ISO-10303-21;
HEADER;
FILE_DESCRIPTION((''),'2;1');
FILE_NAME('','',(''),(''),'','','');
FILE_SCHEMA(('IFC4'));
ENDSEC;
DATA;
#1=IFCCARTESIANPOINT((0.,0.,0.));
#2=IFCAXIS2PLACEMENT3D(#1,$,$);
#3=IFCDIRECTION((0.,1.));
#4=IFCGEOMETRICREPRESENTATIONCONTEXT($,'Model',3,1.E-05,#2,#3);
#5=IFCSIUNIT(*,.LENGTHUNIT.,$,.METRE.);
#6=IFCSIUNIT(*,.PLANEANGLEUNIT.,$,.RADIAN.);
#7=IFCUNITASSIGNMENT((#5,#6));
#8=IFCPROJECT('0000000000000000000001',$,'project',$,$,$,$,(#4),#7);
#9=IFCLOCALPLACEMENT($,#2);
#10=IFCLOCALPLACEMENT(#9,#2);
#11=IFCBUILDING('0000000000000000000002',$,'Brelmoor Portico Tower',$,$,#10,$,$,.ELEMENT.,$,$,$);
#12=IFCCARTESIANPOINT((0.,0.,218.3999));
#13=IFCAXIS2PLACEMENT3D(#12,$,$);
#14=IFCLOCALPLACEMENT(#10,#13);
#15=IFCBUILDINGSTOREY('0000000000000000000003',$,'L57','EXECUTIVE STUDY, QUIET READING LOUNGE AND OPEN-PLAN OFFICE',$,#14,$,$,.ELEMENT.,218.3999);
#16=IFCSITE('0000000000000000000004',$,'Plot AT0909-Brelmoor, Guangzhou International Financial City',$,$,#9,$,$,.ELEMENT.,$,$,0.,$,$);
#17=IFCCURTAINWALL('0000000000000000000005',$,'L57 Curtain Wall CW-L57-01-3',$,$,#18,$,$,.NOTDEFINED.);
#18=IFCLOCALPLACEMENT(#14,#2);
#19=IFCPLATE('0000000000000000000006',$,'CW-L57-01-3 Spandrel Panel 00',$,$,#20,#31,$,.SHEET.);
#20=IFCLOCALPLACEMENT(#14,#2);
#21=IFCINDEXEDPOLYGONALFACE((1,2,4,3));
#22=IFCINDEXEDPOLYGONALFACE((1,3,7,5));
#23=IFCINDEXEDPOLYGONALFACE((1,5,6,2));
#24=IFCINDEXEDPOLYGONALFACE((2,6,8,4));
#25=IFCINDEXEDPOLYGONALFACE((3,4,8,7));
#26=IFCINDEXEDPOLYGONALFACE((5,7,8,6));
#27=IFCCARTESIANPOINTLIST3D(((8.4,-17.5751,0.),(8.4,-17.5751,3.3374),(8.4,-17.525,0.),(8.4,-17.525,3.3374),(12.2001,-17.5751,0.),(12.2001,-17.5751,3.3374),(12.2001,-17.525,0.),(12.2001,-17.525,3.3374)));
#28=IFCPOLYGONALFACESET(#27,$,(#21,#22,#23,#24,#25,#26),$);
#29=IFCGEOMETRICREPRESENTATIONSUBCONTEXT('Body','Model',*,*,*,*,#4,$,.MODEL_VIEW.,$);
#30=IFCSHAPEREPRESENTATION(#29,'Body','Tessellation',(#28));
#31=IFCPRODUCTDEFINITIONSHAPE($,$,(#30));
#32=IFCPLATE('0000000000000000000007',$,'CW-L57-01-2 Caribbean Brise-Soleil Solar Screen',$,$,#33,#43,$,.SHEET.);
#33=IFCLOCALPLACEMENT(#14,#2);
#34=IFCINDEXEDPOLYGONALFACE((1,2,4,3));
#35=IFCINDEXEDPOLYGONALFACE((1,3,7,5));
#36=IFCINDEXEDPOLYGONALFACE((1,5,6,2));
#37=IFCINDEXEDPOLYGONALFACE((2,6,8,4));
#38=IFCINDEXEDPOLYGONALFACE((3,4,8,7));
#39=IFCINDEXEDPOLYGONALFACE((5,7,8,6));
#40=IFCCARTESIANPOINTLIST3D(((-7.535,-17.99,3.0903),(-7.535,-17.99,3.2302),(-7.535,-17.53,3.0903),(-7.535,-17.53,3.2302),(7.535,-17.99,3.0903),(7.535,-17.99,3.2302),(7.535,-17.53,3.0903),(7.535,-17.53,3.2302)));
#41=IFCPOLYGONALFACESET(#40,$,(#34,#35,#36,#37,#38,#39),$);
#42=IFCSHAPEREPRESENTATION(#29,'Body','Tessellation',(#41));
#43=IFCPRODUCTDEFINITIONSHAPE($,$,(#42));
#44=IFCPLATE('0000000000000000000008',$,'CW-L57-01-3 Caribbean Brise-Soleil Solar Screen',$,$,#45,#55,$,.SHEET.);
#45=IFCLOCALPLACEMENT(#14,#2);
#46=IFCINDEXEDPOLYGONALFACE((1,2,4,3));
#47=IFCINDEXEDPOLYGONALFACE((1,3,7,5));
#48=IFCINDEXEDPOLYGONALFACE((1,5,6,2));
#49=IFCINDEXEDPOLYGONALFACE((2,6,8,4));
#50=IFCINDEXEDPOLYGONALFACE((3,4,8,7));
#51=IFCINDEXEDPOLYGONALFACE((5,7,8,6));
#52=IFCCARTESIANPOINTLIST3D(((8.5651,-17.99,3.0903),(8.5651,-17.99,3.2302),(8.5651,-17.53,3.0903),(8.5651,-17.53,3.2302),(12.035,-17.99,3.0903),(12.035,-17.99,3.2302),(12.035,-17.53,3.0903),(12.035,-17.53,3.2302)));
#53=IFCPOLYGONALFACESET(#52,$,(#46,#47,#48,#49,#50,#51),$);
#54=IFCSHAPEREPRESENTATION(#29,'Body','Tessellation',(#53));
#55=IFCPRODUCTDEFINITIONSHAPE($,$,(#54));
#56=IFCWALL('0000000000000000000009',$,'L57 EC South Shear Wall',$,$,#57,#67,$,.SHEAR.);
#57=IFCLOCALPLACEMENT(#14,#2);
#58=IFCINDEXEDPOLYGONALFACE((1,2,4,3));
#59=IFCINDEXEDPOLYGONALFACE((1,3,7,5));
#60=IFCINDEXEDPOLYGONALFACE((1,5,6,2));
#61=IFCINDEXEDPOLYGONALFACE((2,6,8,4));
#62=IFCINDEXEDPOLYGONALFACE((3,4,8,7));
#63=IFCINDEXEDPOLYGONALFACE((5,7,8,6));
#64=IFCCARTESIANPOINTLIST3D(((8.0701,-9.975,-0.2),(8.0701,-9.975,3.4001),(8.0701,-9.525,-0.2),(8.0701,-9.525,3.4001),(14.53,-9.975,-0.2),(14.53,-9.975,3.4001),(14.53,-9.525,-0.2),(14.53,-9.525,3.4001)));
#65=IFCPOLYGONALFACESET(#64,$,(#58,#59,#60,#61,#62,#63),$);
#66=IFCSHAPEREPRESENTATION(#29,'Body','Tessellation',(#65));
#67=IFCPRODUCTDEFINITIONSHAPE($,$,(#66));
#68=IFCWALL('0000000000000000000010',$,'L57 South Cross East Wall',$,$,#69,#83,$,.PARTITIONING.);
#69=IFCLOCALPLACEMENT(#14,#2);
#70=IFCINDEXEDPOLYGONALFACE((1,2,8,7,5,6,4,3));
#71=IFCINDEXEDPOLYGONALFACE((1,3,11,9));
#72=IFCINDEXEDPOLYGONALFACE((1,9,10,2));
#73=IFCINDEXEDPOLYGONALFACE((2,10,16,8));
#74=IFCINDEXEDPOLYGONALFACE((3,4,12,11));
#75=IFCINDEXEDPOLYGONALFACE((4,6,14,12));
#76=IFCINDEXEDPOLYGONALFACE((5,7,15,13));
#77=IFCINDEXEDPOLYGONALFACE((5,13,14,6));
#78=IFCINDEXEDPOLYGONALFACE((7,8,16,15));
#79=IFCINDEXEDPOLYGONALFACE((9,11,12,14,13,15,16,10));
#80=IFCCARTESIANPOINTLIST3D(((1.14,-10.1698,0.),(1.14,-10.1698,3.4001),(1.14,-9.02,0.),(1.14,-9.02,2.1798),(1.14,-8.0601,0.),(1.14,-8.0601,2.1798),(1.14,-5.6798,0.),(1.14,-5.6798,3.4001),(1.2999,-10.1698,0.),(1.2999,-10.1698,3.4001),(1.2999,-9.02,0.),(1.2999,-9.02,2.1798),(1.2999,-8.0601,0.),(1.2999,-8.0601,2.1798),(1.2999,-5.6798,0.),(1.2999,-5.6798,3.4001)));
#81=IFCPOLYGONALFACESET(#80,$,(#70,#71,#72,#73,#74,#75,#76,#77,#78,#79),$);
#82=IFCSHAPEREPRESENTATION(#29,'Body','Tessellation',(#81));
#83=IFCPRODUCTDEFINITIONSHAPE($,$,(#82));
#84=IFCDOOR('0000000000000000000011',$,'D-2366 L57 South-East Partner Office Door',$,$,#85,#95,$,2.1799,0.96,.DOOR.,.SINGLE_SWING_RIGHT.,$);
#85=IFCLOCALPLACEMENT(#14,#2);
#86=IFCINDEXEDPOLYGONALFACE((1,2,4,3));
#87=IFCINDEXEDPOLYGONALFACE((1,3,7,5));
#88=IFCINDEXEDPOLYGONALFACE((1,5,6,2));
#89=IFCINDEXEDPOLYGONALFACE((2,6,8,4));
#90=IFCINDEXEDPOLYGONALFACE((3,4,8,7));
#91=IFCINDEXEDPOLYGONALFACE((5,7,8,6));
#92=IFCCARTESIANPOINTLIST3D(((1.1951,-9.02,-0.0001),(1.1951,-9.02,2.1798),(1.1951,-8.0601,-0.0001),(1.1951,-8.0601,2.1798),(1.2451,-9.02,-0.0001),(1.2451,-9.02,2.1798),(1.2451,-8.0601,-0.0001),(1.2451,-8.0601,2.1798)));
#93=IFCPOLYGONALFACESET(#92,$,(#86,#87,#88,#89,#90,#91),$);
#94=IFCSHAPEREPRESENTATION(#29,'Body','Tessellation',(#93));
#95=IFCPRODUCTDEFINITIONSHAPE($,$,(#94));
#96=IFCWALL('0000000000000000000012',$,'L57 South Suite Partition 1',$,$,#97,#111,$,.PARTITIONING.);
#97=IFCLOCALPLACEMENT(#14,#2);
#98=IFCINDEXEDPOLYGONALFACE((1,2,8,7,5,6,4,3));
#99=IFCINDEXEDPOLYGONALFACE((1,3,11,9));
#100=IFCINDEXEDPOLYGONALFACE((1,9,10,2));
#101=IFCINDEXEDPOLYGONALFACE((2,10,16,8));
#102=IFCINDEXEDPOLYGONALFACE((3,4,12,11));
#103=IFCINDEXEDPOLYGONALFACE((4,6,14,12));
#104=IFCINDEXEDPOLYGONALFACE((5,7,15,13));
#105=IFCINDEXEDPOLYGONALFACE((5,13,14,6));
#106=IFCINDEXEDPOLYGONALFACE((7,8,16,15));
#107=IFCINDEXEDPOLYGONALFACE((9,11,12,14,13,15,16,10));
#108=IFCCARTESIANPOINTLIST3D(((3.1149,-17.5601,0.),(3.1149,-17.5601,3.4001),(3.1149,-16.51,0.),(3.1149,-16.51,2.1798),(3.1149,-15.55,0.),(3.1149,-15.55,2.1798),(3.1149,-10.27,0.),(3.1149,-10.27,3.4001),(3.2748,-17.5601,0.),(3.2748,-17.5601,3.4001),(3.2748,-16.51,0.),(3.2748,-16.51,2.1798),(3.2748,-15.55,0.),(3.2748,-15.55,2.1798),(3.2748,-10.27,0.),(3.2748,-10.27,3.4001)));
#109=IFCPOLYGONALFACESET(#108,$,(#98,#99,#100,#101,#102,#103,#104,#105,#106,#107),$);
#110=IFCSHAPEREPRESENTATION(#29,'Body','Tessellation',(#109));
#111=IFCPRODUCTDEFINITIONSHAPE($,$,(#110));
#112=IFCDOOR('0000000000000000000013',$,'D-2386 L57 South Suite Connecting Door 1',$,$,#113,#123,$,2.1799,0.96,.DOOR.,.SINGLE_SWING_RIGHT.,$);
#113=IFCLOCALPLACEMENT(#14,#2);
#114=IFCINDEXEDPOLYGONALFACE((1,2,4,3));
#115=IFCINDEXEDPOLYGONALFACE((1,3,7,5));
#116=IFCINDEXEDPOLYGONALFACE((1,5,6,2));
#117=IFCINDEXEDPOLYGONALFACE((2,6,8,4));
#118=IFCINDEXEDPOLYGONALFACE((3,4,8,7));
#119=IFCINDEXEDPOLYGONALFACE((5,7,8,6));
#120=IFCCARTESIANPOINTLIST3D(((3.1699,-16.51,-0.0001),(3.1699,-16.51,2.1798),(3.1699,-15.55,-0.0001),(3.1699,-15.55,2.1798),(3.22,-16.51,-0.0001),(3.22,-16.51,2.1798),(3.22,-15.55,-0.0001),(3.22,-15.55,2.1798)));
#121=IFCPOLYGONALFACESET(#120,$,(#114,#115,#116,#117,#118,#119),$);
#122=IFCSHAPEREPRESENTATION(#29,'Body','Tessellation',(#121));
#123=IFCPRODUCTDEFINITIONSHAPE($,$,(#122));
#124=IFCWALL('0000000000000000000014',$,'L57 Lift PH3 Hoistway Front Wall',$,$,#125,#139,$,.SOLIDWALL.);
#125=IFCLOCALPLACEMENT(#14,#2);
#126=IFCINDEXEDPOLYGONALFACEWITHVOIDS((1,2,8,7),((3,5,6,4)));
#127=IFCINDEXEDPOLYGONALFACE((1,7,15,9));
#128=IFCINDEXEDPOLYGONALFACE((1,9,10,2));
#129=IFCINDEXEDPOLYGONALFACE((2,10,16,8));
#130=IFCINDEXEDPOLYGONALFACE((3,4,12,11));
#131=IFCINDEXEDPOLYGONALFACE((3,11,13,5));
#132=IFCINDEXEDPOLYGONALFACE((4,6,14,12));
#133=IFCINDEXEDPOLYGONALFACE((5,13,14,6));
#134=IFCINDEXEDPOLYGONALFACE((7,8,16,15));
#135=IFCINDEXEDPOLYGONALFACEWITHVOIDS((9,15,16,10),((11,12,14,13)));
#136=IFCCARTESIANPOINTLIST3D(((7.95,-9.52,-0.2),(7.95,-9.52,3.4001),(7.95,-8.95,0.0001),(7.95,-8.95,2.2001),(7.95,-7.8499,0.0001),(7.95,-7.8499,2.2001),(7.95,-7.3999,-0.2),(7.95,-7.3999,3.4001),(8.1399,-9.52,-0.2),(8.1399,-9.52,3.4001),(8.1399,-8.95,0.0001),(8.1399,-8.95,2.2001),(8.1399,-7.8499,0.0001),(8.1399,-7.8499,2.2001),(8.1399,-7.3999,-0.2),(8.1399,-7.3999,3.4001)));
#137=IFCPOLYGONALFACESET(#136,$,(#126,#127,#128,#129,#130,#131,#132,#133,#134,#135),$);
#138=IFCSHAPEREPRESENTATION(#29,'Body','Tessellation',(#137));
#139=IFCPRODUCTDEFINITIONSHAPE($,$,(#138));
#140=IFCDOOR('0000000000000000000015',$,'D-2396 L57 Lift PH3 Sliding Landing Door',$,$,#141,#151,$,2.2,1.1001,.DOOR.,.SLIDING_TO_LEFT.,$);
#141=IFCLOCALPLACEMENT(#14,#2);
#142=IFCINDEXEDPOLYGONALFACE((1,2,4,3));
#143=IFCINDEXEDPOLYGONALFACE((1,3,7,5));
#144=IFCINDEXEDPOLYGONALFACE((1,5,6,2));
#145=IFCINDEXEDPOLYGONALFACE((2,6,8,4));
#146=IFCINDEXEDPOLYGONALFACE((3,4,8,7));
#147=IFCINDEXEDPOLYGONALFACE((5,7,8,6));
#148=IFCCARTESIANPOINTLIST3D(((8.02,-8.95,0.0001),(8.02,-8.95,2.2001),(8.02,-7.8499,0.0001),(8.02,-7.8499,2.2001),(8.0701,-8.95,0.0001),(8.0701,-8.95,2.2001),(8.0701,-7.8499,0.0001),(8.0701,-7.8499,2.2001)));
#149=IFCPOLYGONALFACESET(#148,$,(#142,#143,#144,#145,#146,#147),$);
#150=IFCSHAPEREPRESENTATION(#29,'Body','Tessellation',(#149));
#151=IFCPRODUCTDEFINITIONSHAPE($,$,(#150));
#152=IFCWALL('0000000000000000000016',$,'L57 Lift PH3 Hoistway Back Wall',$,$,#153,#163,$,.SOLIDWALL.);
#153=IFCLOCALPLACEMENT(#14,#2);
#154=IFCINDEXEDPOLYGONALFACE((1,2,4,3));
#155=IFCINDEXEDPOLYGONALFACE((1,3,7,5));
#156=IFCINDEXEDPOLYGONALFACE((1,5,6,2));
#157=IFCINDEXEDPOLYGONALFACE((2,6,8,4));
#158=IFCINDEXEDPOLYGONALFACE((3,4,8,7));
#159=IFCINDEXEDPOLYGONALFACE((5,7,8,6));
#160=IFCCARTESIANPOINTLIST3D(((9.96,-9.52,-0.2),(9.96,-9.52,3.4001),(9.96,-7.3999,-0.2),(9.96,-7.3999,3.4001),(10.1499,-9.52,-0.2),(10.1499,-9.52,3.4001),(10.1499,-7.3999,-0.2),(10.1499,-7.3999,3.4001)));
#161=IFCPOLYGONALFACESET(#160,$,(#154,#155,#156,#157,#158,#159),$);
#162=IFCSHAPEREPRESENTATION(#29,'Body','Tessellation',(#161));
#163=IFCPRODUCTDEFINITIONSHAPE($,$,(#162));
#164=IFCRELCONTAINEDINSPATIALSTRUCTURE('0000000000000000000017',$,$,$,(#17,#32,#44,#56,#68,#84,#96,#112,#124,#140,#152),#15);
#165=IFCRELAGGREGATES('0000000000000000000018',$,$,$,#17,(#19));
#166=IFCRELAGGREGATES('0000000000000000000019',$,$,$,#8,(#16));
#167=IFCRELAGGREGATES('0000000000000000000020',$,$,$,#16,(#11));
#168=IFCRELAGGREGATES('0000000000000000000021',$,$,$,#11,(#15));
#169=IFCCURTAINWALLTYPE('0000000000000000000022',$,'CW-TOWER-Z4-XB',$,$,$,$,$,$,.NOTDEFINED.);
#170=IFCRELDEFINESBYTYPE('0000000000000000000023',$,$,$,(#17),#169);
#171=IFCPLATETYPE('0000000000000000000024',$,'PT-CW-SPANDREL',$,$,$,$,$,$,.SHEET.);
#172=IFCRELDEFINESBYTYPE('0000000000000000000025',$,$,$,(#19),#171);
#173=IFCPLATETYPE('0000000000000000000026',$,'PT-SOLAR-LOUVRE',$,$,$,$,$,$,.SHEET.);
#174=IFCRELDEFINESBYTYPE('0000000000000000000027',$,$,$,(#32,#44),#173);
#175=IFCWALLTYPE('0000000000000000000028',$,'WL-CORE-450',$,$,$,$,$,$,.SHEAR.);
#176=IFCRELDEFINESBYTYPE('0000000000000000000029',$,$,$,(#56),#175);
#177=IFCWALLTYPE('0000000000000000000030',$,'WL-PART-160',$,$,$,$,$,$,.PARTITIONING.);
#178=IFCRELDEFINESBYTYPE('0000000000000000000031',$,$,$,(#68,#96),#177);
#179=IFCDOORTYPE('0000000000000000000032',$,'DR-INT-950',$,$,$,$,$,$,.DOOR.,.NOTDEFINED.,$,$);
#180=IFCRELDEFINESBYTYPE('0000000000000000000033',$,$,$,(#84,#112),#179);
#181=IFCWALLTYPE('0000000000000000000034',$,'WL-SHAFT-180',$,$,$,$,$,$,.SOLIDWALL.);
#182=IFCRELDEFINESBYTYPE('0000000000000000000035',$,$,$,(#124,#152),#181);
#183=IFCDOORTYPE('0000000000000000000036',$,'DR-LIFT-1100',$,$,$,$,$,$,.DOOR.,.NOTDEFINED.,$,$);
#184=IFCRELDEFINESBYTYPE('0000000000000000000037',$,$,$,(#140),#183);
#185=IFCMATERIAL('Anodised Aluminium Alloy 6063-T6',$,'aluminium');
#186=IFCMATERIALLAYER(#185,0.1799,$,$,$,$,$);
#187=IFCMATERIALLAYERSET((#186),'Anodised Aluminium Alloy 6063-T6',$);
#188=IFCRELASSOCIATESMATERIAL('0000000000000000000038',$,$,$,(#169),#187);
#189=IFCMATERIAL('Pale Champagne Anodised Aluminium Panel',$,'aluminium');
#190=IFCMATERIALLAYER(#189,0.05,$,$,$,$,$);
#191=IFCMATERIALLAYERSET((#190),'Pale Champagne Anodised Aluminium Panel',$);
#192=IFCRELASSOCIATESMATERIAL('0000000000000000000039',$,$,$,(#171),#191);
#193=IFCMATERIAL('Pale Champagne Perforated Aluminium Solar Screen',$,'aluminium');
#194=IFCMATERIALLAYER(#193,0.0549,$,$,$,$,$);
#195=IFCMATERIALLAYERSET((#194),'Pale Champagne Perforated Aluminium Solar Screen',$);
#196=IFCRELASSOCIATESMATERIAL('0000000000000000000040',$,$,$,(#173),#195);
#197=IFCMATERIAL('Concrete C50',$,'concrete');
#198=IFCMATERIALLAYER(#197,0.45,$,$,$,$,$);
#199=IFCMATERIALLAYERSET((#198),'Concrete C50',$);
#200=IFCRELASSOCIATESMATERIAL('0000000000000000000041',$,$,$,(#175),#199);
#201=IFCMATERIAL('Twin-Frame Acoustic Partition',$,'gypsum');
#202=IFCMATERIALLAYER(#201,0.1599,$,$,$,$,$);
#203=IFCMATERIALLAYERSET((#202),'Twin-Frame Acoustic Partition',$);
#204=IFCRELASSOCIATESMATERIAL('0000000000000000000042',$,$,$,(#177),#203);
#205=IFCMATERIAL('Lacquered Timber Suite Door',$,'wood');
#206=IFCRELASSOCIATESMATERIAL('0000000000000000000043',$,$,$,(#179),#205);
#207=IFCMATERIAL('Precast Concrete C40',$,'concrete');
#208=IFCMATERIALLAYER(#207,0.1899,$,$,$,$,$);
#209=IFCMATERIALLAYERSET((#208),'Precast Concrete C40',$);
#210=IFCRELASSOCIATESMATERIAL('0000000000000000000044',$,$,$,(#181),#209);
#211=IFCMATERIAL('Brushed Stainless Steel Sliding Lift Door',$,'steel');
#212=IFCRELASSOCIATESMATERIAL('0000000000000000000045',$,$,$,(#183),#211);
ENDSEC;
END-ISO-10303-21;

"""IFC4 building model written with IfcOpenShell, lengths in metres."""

from ifc_helpers import new_model, si_unit, direction, frame, frame_2d, origin, origin_2d, place, context, subcontext, project, spatial, rectangle, extrude, material, layer, layer_set, type_object, element, fill, aggregate, save


model = new_model("IFC4")

# Units and contexts
model_context = context("Model", 3, precision=1e-05, world=origin(), true_north=direction((0.0, 1.0)))
body_context = subcontext(model_context, "Body", "Model", "MODEL_VIEW")
ifc_project = project(units=[si_unit("LENGTHUNIT", "METRE"), si_unit("PLANEANGLEUNIT", "RADIAN")], contexts=[model_context])

# Site, building, storey
site_placement = place(None, origin())
site = spatial("IfcSite", under=ifc_project, at=site_placement, Name="Plot AT0909-Brelmoor, Guangzhou International Financial City", CompositionType="ELEMENT", RefElevation=0.0)
building_placement = place(site_placement, origin())
building = spatial("IfcBuilding", under=site, at=building_placement, Name="Brelmoor Portico Tower", CompositionType="ELEMENT")
storey_placement = place(building_placement, frame((0.0, 0.0, 218.3999)))
storey = spatial("IfcBuildingStorey", under=building, at=storey_placement, Name="L57", Description="EXECUTIVE STUDY, QUIET READING LOUNGE AND OPEN-PLAN OFFICE", CompositionType="ELEMENT", Elevation=218.3999)

# Shared definitions
ifc_material_1 = material(Name="Anodised Aluminium Alloy 6063-T6", Category="aluminium")
ifc_layer_1 = layer(ifc_material_1, 0.1799)
ifc_layer_set_1 = layer_set([ifc_layer_1], Name="Anodised Aluminium Alloy 6063-T6")
curtain_wall_type = type_object("IfcCurtainWallType", Name="CW-TOWER-Z4-XB", PredefinedType="NOTDEFINED", material=ifc_layer_set_1)

# Curtain wall
curtain_wall_1_placement = place(storey_placement, origin())
curtain_wall_1 = element("IfcCurtainWall", 1, at=curtain_wall_1_placement, inside=storey, type_object=curtain_wall_type, Name="L57 Curtain Wall CW-L57-01-3", PredefinedType="NOTDEFINED")

# Plate
ifc_material_2 = material(Name="Pale Champagne Anodised Aluminium Panel", Category="aluminium")
ifc_layer_2 = layer(ifc_material_2, 0.05)
ifc_layer_set_2 = layer_set([ifc_layer_2], Name="Pale Champagne Anodised Aluminium Panel")
plate_type_1 = type_object("IfcPlateType", Name="PT-CW-SPANDREL", PredefinedType="SHEET", material=ifc_layer_set_2)
plate_1_placement = place(storey_placement, frame((10.3, -17.55, 0.0), z_axis=(0.0, 0.0, 1.0), x_axis=(1.0, 0.0, 0.0)))
plate_1 = element("IfcPlate", 2, at=plate_1_placement, type_object=plate_type_1, Name="CW-L57-01-3 Spandrel Panel 00", PredefinedType="SHEET", context=body_context, shape_type="SweptSolid", body=[
    extrude(rectangle(XDim=3.8, YDim=0.05, at=origin_2d()), origin(), (0.0, 0.0, 1.0), 3.3374),
])
aggregate(curtain_wall_1, [plate_1])

# Plates
ifc_material_3 = material(Name="Pale Champagne Perforated Aluminium Solar Screen", Category="aluminium")
ifc_layer_3 = layer(ifc_material_3, 0.0549)
ifc_layer_set_3 = layer_set([ifc_layer_3], Name="Pale Champagne Perforated Aluminium Solar Screen")
plate_type_2 = type_object("IfcPlateType", Name="PT-SOLAR-LOUVRE", PredefinedType="SHEET", material=ifc_layer_set_3)
plate_2_placement = place(storey_placement, frame((0.0, -17.76, 3.0903), z_axis=(0.0, 0.0, 1.0), x_axis=(1.0, 0.0, 0.0)))
element("IfcPlate", 3, at=plate_2_placement, inside=storey, type_object=plate_type_2, Name="CW-L57-01-2 Caribbean Brise-Soleil Solar Screen", PredefinedType="SHEET", context=body_context, shape_type="SweptSolid", body=[
    extrude(rectangle(XDim=15.0701, YDim=0.46, at=origin_2d()), origin(), (0.0, 0.0, 1.0), 0.1399),
])
plate_3_placement = place(storey_placement, frame((10.3, -17.76, 3.0903), z_axis=(0.0, 0.0, 1.0), x_axis=(1.0, 0.0, 0.0)))
element("IfcPlate", 4, at=plate_3_placement, inside=storey, type_object=plate_type_2, Name="CW-L57-01-3 Caribbean Brise-Soleil Solar Screen", PredefinedType="SHEET", context=body_context, shape_type="SweptSolid", body=[
    extrude(rectangle(XDim=3.47, YDim=0.46, at=origin_2d()), origin(), (0.0, 0.0, 1.0), 0.1399),
])

# Wall
ifc_material_4 = material(Name="Concrete C50", Category="concrete")
ifc_layer_4 = layer(ifc_material_4, 0.45)
ifc_layer_set_4 = layer_set([ifc_layer_4], Name="Concrete C50")
wall_type_1 = type_object("IfcWallType", Name="WL-CORE-450", PredefinedType="SHEAR", material=ifc_layer_set_4)
wall_1_placement = place(storey_placement, frame((8.0701, -9.75, -0.2), z_axis=(0.0, 0.0, 1.0), x_axis=(1.0, 0.0, 0.0)))
element("IfcWall", 5, at=wall_1_placement, inside=storey, type_object=wall_type_1, Name="L57 EC South Shear Wall", PredefinedType="SHEAR", context=body_context, shape_type="SweptSolid", body=[
    extrude(rectangle(XDim=6.46, YDim=0.45, at=frame_2d((3.23, 0.0))), origin(), (0.0, 0.0, 1.0), 3.6001),
])

# Walls, openings, doors
ifc_material_5 = material(Name="Twin-Frame Acoustic Partition", Category="gypsum")
ifc_layer_5 = layer(ifc_material_5, 0.1599)
ifc_layer_set_5 = layer_set([ifc_layer_5], Name="Twin-Frame Acoustic Partition")
wall_type_2 = type_object("IfcWallType", Name="WL-PART-160", PredefinedType="PARTITIONING", material=ifc_layer_set_5)
wall_2_placement = place(storey_placement, frame((1.22, -10.1699, 0.0), z_axis=(0.0, 0.0, 1.0), x_axis=(0.0, 1.0, 0.0)))
wall_2 = element("IfcWall", 6, at=wall_2_placement, inside=storey, type_object=wall_type_2, Name="L57 South Cross East Wall", PredefinedType="PARTITIONING", context=body_context, shape_type="SweptSolid", body=[
    extrude(rectangle(XDim=4.49, YDim=0.1599, at=frame_2d((2.2451, 0.0))), origin(), (0.0, 0.0, 1.0), 3.4001),
])
opening_1_placement = place(wall_2_placement, frame((1.1499, 0.0, 0.0)))
opening_1 = element("IfcOpeningElement", 7, at=opening_1_placement, cuts=wall_2, PredefinedType="OPENING", context=body_context, shape_type="SweptSolid", body=[
    extrude(rectangle(XDim=0.96, YDim=2.1799, at=frame_2d((0.48, 1.0898))), frame((0.0, 0.0898, 0.0), z_axis=(0.0, -1.0, 0.0), x_axis=(1.0, 0.0, 0.0)), (0.0, 0.0, 1.0), 0.1799),
])
ifc_material_6 = material(Name="Lacquered Timber Suite Door", Category="wood")
door_type_1 = type_object("IfcDoorType", Name="DR-INT-950", OperationType="NOTDEFINED", PredefinedType="DOOR", material=ifc_material_6)
door_1_placement = place(opening_1_placement, origin())
door_1 = element("IfcDoor", 8, at=door_1_placement, inside=storey, type_object=door_type_1, Name="D-2366 L57 South-East Partner Office Door", OperationType="SINGLE_SWING_RIGHT", OverallHeight=2.1799, OverallWidth=0.96, PredefinedType="DOOR", context=body_context, shape_type="SweptSolid", body=[
    extrude(rectangle(XDim=0.96, YDim=2.1799, at=frame_2d((0.48, 1.0898))), frame((0.0, 0.0249, 0.0), z_axis=(0.0, -1.0, 0.0), x_axis=(1.0, 0.0, 0.0)), (0.0, 0.0, 1.0), 0.05),
])
fill(opening_1, door_1)
wall_3_placement = place(storey_placement, frame((3.1948, -17.5601, 0.0), z_axis=(0.0, 0.0, 1.0), x_axis=(0.0, 1.0, 0.0)))
wall_3 = element("IfcWall", 9, at=wall_3_placement, inside=storey, type_object=wall_type_2, Name="L57 South Suite Partition 1", PredefinedType="PARTITIONING", context=body_context, shape_type="SweptSolid", body=[
    extrude(rectangle(XDim=7.29, YDim=0.1599, at=frame_2d((3.645, 0.0))), origin(), (0.0, 0.0, 1.0), 3.4001),
])
opening_2_placement = place(wall_3_placement, frame((1.05, 0.0, 0.0)))
opening_2 = element("IfcOpeningElement", 10, at=opening_2_placement, cuts=wall_3, PredefinedType="OPENING", context=body_context, shape_type="SweptSolid", body=[
    extrude(rectangle(XDim=0.96, YDim=2.1799, at=frame_2d((0.48, 1.0898))), frame((0.0, 0.0898, 0.0), z_axis=(0.0, -1.0, 0.0), x_axis=(1.0, 0.0, 0.0)), (0.0, 0.0, 1.0), 0.1799),
])
door_2_placement = place(opening_2_placement, origin())
door_2 = element("IfcDoor", 11, at=door_2_placement, inside=storey, type_object=door_type_1, Name="D-2386 L57 South Suite Connecting Door 1", OperationType="SINGLE_SWING_RIGHT", OverallHeight=2.1799, OverallWidth=0.96, PredefinedType="DOOR", context=body_context, shape_type="SweptSolid", body=[
    extrude(rectangle(XDim=0.96, YDim=2.1799, at=frame_2d((0.48, 1.0898))), frame((0.0, 0.0249, 0.0), z_axis=(0.0, -1.0, 0.0), x_axis=(1.0, 0.0, 0.0)), (0.0, 0.0, 1.0), 0.05),
])
fill(opening_2, door_2)
ifc_material_7 = material(Name="Precast Concrete C40", Category="concrete")
ifc_layer_6 = layer(ifc_material_7, 0.1899)
ifc_layer_set_6 = layer_set([ifc_layer_6], Name="Precast Concrete C40")
wall_type_3 = type_object("IfcWallType", Name="WL-SHAFT-180", PredefinedType="SOLIDWALL", material=ifc_layer_set_6)
wall_4_placement = place(storey_placement, frame((8.0449, -9.52, -0.2), z_axis=(0.0, 0.0, 1.0), x_axis=(0.0, 1.0, 0.0)))
wall_4 = element("IfcWall", 12, at=wall_4_placement, inside=storey, type_object=wall_type_3, Name="L57 Lift PH3 Hoistway Front Wall", PredefinedType="SOLIDWALL", context=body_context, shape_type="SweptSolid", body=[
    extrude(rectangle(XDim=2.1201, YDim=0.1899, at=frame_2d((1.0601, 0.0))), origin(), (0.0, 0.0, 1.0), 3.6001),
])
opening_3_placement = place(wall_4_placement, frame((0.5701, 0.0, 0.2)))
opening_3 = element("IfcOpeningElement", 13, at=opening_3_placement, cuts=wall_4, PredefinedType="OPENING", context=body_context, shape_type="SweptSolid", body=[
    extrude(rectangle(XDim=1.1001, YDim=2.2, at=frame_2d((0.55, 1.1001))), frame((0.0, 0.105, 0.0), z_axis=(0.0, -1.0, 0.0), x_axis=(1.0, 0.0, 0.0)), (0.0, 0.0, 1.0), 0.21),
])
ifc_material_8 = material(Name="Brushed Stainless Steel Sliding Lift Door", Category="steel")
door_type_2 = type_object("IfcDoorType", Name="DR-LIFT-1100", OperationType="NOTDEFINED", PredefinedType="DOOR", material=ifc_material_8)
door_3_placement = place(opening_3_placement, origin())
door_3 = element("IfcDoor", 14, at=door_3_placement, inside=storey, type_object=door_type_2, Name="D-2396 L57 Lift PH3 Sliding Landing Door", OperationType="SLIDING_TO_LEFT", OverallHeight=2.2, OverallWidth=1.1001, PredefinedType="DOOR", context=body_context, shape_type="SweptSolid", body=[
    extrude(rectangle(XDim=1.1001, YDim=2.2, at=frame_2d((0.55, 1.1001))), frame((0.0, 0.0249, 0.0), z_axis=(0.0, -1.0, 0.0), x_axis=(1.0, 0.0, 0.0)), (0.0, 0.0, 1.0), 0.05),
])
fill(opening_3, door_3)

# Wall
wall_5_placement = place(storey_placement, frame((10.0549, -9.52, -0.2), z_axis=(0.0, 0.0, 1.0), x_axis=(0.0, 1.0, 0.0)))
element("IfcWall", 15, at=wall_5_placement, inside=storey, type_object=wall_type_3, Name="L57 Lift PH3 Hoistway Back Wall", PredefinedType="SOLIDWALL", context=body_context, shape_type="SweptSolid", body=[
    extrude(rectangle(XDim=2.1201, YDim=0.1899, at=frame_2d((1.0601, 0.0))), origin(), (0.0, 0.0, 1.0), 3.6001),
])

save(model, "model.ifc")
